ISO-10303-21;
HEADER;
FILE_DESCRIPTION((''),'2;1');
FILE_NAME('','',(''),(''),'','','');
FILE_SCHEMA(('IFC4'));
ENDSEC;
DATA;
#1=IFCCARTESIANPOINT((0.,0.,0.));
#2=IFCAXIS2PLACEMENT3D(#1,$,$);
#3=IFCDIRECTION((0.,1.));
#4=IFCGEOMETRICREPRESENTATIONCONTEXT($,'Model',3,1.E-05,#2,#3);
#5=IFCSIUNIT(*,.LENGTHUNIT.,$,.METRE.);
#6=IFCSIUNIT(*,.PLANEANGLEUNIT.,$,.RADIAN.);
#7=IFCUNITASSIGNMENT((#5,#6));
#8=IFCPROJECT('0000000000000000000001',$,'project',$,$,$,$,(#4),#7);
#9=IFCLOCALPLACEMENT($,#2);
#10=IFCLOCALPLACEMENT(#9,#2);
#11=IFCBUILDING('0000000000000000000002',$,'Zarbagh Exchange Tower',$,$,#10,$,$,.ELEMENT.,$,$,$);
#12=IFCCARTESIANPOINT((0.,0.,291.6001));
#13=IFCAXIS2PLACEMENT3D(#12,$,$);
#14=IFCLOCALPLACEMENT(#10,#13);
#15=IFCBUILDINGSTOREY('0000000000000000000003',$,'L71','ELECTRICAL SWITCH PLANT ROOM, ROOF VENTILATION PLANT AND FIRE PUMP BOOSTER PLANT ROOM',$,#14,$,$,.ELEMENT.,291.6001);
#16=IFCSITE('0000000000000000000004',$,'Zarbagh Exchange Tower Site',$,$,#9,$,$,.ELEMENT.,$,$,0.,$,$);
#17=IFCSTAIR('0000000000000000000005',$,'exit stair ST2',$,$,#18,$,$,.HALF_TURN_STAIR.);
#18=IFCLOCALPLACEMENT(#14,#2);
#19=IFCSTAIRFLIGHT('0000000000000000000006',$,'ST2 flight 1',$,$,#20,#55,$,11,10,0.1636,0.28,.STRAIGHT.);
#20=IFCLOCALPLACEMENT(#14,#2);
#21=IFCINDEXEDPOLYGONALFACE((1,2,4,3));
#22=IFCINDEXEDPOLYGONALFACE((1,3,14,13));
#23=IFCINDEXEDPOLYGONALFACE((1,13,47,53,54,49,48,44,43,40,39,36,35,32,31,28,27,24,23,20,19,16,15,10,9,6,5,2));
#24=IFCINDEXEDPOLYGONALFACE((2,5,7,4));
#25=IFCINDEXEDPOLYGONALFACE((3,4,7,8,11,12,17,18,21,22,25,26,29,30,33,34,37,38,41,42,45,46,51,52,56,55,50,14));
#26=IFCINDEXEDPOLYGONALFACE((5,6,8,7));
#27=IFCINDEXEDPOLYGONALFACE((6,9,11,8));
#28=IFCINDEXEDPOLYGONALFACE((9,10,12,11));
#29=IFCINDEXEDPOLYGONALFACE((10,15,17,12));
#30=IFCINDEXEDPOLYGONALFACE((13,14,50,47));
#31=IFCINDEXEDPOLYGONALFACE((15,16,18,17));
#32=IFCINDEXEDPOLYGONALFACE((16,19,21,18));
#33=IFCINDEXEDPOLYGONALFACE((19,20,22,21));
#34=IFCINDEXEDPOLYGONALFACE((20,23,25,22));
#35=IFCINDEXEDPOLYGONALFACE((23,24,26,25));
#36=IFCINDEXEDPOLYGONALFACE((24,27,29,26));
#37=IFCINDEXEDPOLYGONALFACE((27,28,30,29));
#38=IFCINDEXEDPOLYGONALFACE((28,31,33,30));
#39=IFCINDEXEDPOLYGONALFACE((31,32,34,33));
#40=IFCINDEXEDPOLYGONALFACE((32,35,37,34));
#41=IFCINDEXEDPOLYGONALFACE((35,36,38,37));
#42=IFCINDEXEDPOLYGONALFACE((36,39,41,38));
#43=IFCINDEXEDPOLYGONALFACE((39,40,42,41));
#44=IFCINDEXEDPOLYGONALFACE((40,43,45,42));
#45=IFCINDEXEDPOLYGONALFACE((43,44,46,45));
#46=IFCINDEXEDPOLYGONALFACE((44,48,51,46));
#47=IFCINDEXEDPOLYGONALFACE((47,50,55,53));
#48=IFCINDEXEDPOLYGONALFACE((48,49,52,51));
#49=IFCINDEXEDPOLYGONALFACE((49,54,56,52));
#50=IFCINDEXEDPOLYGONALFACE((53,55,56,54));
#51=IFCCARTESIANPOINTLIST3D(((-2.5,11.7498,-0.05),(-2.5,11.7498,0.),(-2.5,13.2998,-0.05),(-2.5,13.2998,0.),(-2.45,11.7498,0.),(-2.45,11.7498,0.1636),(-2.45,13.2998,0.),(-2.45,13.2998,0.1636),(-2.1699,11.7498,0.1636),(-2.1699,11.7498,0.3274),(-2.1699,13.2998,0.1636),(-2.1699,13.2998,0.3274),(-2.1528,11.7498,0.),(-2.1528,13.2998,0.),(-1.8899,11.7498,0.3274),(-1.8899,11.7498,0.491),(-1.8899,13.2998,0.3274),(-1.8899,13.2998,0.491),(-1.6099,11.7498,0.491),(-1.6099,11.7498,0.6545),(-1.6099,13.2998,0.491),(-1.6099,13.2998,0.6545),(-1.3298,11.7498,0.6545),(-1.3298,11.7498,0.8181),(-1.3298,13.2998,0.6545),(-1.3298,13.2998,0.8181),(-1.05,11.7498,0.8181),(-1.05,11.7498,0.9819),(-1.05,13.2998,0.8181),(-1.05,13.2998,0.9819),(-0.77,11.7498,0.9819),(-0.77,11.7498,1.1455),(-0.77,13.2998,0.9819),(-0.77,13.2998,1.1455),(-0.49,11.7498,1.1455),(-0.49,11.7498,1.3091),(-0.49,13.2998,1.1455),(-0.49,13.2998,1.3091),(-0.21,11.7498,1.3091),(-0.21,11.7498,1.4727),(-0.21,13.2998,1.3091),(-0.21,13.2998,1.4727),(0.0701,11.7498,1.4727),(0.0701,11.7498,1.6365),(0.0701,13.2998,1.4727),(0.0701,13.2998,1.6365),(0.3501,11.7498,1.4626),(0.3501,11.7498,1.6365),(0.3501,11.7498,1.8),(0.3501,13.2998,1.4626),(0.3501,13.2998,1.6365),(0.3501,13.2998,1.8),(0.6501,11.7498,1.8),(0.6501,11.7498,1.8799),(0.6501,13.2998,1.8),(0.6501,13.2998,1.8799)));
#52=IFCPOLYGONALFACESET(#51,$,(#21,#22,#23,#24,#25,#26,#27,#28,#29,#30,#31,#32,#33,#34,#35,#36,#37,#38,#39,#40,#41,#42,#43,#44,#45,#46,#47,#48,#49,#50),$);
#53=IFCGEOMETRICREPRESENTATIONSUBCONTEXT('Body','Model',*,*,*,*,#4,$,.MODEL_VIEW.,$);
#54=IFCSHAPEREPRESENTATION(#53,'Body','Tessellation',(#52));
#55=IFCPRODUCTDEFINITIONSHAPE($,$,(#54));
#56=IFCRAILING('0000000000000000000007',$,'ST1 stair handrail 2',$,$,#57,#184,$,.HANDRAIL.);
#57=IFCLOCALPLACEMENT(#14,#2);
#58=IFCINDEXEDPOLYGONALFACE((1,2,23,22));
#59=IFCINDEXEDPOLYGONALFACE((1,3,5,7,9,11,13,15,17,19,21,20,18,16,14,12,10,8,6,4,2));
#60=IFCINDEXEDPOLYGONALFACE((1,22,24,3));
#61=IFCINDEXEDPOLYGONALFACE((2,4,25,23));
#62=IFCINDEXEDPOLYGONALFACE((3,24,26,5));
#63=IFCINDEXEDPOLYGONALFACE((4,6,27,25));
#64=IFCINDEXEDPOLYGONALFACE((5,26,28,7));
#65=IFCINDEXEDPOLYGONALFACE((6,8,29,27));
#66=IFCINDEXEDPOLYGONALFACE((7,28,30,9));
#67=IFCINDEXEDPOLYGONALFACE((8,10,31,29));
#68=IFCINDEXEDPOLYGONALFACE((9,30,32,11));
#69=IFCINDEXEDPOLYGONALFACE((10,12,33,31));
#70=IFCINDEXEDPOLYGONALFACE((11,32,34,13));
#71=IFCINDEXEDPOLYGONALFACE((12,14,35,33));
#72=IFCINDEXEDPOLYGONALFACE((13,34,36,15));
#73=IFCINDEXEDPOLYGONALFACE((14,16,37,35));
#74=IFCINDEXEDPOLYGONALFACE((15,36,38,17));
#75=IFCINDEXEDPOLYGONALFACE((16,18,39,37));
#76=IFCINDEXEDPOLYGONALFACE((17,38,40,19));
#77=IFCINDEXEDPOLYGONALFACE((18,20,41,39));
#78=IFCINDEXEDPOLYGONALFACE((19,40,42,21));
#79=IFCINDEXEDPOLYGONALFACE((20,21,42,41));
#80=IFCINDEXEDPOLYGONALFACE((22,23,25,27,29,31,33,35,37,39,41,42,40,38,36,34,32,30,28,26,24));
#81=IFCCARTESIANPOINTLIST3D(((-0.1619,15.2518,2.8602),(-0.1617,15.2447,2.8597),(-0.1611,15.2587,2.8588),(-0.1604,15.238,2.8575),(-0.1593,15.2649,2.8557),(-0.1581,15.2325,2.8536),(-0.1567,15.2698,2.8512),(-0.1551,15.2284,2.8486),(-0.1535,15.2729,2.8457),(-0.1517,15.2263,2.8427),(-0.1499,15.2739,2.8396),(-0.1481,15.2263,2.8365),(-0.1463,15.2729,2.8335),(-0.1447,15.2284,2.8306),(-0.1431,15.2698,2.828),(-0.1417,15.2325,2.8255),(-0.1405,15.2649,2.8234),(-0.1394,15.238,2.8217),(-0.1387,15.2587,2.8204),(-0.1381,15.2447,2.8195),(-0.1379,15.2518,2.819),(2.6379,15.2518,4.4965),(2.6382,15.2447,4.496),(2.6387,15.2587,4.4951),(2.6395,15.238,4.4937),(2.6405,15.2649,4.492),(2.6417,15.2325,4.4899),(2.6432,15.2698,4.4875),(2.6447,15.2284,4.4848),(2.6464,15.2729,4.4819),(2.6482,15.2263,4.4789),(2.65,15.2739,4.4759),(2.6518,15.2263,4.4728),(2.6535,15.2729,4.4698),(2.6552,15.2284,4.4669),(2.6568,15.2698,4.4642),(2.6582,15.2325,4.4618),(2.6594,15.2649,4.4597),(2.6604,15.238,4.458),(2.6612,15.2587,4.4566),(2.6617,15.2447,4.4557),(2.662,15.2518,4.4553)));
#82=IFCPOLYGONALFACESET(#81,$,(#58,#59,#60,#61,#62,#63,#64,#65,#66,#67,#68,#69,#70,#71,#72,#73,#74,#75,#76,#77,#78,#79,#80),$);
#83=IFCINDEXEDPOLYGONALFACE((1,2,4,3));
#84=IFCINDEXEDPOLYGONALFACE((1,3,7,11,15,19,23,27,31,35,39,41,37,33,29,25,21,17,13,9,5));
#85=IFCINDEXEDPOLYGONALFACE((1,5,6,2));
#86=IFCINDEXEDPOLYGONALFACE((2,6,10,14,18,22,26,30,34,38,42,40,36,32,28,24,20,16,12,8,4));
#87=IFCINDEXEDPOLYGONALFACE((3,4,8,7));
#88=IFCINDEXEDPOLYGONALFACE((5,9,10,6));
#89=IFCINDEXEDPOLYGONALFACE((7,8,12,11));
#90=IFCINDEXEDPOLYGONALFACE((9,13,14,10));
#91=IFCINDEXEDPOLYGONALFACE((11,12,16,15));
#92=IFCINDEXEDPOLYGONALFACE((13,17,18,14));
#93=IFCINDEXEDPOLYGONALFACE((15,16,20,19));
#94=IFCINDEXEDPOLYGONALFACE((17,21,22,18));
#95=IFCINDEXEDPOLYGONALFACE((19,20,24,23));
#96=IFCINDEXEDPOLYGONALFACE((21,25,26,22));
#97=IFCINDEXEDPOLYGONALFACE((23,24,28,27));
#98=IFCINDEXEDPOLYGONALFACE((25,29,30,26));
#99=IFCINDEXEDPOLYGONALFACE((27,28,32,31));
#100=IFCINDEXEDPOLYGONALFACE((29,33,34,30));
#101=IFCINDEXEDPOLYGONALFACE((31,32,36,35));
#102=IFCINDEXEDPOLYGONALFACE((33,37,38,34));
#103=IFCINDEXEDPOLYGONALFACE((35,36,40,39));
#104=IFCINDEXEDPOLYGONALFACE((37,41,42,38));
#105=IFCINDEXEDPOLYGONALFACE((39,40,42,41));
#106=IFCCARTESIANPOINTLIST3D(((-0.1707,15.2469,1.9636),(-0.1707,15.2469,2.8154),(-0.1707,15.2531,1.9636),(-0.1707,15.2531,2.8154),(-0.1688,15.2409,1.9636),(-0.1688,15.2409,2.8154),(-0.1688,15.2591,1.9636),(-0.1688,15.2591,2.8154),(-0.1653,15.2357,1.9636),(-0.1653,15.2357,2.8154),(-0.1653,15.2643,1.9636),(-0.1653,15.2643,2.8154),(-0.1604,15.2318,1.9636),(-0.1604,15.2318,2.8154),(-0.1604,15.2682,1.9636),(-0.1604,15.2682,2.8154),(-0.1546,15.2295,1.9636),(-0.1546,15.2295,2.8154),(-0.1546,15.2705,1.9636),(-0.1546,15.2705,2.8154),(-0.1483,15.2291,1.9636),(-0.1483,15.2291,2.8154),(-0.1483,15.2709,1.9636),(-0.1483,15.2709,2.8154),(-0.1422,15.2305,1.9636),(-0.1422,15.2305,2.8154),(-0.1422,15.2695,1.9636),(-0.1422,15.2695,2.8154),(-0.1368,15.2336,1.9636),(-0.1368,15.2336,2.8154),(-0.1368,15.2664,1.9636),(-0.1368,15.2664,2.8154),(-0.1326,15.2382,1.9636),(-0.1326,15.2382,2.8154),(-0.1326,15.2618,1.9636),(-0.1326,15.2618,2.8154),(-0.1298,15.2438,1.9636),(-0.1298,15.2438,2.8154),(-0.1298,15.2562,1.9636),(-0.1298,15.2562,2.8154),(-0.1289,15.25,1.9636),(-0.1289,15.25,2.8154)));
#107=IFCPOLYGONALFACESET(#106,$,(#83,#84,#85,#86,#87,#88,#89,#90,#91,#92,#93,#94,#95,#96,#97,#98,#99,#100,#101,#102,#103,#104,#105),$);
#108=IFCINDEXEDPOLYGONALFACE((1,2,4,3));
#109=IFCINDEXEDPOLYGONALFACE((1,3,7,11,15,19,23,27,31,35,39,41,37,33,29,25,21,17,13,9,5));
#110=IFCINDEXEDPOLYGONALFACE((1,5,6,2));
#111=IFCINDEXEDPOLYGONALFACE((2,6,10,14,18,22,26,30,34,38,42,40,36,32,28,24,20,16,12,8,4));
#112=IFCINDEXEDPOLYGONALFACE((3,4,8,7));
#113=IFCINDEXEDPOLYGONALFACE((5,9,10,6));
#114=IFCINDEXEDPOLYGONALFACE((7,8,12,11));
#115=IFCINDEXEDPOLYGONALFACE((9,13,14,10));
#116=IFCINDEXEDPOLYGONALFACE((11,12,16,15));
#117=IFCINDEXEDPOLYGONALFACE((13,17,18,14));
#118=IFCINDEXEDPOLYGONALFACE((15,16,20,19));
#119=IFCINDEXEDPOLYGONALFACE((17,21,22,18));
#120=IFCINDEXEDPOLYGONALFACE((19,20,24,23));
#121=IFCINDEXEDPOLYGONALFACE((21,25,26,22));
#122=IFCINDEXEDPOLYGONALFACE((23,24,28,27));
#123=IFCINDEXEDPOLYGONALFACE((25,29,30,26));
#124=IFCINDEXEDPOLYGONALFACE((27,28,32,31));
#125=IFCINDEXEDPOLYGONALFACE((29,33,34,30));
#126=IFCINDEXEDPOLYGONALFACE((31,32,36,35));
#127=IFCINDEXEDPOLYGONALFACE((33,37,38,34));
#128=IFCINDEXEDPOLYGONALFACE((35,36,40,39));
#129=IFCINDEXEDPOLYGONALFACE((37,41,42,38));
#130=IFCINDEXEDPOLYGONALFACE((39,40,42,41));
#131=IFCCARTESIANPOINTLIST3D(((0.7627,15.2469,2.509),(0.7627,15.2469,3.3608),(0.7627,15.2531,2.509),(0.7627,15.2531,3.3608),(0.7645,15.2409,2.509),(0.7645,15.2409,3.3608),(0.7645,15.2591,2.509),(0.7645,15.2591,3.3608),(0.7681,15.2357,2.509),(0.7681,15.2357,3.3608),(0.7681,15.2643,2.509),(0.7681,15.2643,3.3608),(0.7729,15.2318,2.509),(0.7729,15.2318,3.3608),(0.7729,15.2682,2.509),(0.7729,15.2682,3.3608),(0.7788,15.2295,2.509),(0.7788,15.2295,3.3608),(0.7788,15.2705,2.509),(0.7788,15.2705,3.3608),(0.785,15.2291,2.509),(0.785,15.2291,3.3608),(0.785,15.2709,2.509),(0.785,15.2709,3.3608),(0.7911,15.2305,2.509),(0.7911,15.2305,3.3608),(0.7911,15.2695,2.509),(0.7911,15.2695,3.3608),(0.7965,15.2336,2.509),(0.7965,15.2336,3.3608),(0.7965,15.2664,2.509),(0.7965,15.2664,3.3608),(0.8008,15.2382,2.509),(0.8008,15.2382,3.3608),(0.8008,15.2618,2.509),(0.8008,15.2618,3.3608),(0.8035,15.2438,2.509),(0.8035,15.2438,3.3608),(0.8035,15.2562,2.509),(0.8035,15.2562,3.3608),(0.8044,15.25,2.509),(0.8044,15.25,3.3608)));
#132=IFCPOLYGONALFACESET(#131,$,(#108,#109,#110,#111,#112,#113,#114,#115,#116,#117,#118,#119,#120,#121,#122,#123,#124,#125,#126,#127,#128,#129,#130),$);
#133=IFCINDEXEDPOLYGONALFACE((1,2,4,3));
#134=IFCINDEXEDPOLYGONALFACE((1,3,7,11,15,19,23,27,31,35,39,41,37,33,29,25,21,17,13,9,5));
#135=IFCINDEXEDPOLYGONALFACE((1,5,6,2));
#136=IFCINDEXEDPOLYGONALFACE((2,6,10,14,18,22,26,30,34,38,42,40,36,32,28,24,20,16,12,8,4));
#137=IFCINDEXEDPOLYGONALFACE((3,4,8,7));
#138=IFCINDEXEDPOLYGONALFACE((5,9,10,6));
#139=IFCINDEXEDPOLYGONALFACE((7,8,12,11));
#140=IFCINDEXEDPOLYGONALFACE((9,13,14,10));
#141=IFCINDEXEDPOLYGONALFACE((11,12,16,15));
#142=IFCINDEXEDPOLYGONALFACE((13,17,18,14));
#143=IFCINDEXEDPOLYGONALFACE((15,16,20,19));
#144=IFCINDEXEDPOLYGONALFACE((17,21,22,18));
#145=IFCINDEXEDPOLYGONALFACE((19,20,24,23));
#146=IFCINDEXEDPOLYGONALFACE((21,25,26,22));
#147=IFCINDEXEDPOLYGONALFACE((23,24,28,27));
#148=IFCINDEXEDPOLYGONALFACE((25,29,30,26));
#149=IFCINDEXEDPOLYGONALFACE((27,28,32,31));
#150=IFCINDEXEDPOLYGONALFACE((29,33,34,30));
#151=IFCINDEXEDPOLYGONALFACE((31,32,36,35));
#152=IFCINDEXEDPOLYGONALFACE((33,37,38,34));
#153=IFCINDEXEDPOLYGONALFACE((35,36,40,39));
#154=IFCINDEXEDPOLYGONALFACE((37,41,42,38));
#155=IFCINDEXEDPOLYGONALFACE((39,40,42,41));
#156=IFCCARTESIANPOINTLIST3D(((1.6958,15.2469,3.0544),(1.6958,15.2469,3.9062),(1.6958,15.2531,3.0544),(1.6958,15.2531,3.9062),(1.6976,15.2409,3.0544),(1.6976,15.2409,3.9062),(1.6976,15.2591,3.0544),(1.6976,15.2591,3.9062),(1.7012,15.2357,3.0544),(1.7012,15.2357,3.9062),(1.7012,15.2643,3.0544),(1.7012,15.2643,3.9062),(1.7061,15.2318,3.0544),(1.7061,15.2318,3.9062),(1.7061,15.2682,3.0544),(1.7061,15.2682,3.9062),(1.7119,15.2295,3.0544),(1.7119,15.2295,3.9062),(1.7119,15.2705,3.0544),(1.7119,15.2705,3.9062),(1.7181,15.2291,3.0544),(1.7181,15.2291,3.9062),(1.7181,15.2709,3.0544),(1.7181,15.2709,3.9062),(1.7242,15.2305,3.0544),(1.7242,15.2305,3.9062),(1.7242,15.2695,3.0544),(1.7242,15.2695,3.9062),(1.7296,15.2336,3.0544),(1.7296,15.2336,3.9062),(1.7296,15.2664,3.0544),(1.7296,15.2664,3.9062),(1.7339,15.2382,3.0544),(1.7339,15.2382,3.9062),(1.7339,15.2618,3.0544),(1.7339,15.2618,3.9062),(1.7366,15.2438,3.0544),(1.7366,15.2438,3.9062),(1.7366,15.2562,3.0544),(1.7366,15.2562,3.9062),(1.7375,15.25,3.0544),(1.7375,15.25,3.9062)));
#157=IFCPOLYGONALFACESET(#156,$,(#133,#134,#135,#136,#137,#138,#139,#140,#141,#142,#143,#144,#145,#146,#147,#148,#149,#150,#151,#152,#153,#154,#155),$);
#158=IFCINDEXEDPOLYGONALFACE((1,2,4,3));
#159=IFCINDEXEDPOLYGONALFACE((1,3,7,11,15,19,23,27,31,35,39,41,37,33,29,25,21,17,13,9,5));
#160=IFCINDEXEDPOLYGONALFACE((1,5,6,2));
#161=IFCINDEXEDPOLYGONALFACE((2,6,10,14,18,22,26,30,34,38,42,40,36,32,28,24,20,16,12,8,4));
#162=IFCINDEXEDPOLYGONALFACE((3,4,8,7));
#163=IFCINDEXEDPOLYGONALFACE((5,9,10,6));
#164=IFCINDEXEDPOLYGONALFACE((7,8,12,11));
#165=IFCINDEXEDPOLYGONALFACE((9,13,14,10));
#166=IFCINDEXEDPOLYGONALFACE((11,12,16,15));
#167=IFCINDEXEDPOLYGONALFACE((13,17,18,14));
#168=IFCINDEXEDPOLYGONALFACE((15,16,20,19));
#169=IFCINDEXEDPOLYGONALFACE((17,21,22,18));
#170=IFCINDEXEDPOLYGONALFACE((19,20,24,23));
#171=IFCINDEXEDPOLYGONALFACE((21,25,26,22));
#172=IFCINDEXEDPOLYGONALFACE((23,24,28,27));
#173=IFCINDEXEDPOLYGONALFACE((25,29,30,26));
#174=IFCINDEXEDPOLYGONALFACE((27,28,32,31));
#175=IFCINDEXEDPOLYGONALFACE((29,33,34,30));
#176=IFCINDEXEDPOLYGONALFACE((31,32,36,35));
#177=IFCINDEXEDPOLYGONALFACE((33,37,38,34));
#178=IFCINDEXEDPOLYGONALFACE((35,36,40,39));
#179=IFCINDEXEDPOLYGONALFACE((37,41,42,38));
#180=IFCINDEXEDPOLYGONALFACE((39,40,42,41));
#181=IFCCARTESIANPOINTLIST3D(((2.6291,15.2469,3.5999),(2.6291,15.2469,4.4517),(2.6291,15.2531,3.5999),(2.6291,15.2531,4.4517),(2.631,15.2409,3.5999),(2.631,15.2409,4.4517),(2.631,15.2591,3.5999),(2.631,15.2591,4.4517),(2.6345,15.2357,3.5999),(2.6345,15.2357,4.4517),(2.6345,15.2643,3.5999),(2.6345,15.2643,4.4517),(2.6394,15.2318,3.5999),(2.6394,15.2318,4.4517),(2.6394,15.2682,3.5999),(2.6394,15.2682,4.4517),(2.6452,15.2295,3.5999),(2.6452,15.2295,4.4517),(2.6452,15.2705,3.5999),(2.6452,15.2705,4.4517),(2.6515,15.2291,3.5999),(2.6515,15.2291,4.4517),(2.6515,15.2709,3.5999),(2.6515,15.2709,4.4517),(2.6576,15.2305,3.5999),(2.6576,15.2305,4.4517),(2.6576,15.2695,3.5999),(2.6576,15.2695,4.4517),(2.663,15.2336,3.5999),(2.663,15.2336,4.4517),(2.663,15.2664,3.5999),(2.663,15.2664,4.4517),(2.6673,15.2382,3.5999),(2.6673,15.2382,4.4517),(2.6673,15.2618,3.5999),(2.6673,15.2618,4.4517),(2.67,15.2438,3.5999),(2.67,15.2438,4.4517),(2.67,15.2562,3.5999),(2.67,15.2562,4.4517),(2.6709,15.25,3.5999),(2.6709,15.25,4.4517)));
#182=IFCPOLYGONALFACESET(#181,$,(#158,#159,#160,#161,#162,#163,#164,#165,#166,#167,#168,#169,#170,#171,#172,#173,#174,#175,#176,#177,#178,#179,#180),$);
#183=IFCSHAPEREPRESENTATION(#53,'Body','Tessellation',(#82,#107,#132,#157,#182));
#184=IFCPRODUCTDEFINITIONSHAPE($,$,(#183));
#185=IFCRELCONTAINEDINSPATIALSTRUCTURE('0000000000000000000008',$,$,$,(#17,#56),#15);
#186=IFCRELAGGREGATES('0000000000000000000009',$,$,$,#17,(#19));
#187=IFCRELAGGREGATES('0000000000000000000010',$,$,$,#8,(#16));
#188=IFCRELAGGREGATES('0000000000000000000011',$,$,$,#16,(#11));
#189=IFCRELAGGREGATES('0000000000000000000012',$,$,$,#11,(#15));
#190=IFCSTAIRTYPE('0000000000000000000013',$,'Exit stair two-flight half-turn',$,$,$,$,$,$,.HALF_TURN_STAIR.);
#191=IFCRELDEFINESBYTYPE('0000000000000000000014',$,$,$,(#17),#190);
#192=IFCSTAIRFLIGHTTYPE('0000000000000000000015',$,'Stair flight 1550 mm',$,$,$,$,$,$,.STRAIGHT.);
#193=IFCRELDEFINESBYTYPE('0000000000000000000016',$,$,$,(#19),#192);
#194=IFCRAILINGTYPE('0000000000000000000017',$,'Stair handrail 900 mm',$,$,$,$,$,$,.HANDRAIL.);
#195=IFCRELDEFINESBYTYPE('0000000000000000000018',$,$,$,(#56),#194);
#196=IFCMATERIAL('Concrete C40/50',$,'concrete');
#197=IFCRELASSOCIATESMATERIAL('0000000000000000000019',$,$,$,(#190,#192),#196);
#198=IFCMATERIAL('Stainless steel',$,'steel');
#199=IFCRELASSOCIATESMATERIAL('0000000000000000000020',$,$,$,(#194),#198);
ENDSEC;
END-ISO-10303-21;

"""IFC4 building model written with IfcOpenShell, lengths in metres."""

from ifc_helpers import new_model, si_unit, direction, frame, origin, origin_2d, place, context, subcontext, project, spatial, polyline, circle, outline, extrude, material, type_object, element, aggregate, save


model = new_model("IFC4")

# Units and contexts
model_context = context("Model", 3, precision=1e-05, world=origin(), true_north=direction((0.0, 1.0)))
body_context = subcontext(model_context, "Body", "Model", "MODEL_VIEW")
ifc_project = project(units=[si_unit("LENGTHUNIT", "METRE"), si_unit("PLANEANGLEUNIT", "RADIAN")], contexts=[model_context])

# Site, building, storey
site_placement = place(None, origin())
site = spatial("IfcSite", under=ifc_project, at=site_placement, Name="Zarbagh Exchange Tower Site", CompositionType="ELEMENT", RefElevation=0.0)
building_placement = place(site_placement, origin())
building = spatial("IfcBuilding", under=site, at=building_placement, Name="Zarbagh Exchange Tower", CompositionType="ELEMENT")
storey_placement = place(building_placement, frame((0.0, 0.0, 291.6001)))
storey = spatial("IfcBuildingStorey", under=building, at=storey_placement, Name="L71", Description="ELECTRICAL SWITCH PLANT ROOM, ROOF VENTILATION PLANT AND FIRE PUMP BOOSTER PLANT ROOM", CompositionType="ELEMENT", Elevation=291.6001)

# Shared definitions
ifc_material_1 = material(Name="Concrete C40/50", Category="concrete")

# Stair, stair flight
stair_type = type_object("IfcStairType", Name="Exit stair two-flight half-turn", PredefinedType="HALF_TURN_STAIR", material=ifc_material_1)
stair_1_placement = place(storey_placement, origin())
stair_1 = element("IfcStair", 1, at=stair_1_placement, inside=storey, type_object=stair_type, Name="exit stair ST2", PredefinedType="HALF_TURN_STAIR")
stair_flight_type_1 = type_object("IfcStairFlightType", Name="Stair flight 1550 mm", PredefinedType="STRAIGHT", material=ifc_material_1)
stair_flight_1_placement = place(storey_placement, frame((-2.45, 12.5249, 0.0), z_axis=(0.0, 0.0, 1.0), x_axis=(1.0, 0.0, 0.0)))
stair_flight_1 = element("IfcStairFlight", 2, at=stair_flight_1_placement, type_object=stair_flight_type_1, Name="ST2 flight 1", NumberOfRisers=11, NumberOfTreads=10, PredefinedType="STRAIGHT", RiserHeight=0.1636, TreadLength=0.28, context=body_context, shape_type="SweptSolid", body=[
    extrude(outline(polyline([(-0.05, -0.05), (-0.05, 0.0), (0.0, 0.0), (0.0, 0.1636), (0.28, 0.1636), (0.28, 0.3274), (0.5601, 0.3274), (0.5601, 0.491), (0.8401, 0.491), (0.8401, 0.6545), (1.1201, 0.6545), (1.1201, 0.8181), (1.3999, 0.8181), (1.3999, 0.9819), (1.6799, 0.9819), (1.6799, 1.1455), (1.96, 1.1455), (1.96, 1.3091), (2.24, 1.3091), (2.24, 1.4727), (2.52, 1.4727), (2.52, 1.6365), (2.8, 1.6365), (2.8, 1.8), (3.1001, 1.8799), (3.1001, 1.8), (2.8, 1.4626), (0.2971, 0.0), (-0.05, -0.05)])), frame((0.0, 0.7749, 0.0), z_axis=(0.0, -1.0, 0.0), x_axis=(1.0, 0.0, 0.0)), (0.0, 0.0, 1.0), 1.55),
])
aggregate(stair_1, [stair_flight_1])

# Railing
ifc_material_2 = material(Name="Stainless steel", Category="steel")
railing_type = type_object("IfcRailingType", Name="Stair handrail 900 mm", PredefinedType="HANDRAIL", material=ifc_material_2)
railing_1_placement = place(storey_placement, frame((-0.1499, 15.25, 1.9636)))
element("IfcRailing", 3, at=railing_1_placement, inside=storey, type_object=railing_type, Name="ST1 stair handrail 2", PredefinedType="HANDRAIL", context=body_context, shape_type="SweptSolid", body=[
    extrude(circle(Radius=0.0239, at=origin_2d()), frame((0.0, 0.0, 0.876), z_axis=(0.863374, 0.0, 0.504564), x_axis=(0.0, 1.0, 0.0)), (0.0, 0.0, 1.0), 3.2429),
    extrude(circle(Radius=0.021, at=origin_2d()), origin(), (0.0, 0.0, 1.0), 0.8518),
    extrude(circle(Radius=0.021, at=origin_2d()), frame((0.9333, 0.0, 0.5454)), (0.0, 0.0, 1.0), 0.8518),
    extrude(circle(Radius=0.021, at=origin_2d()), frame((1.8665, 0.0, 1.0908)), (0.0, 0.0, 1.0), 0.8518),
    extrude(circle(Radius=0.021, at=origin_2d()), frame((2.7998, 0.0, 1.6362)), (0.0, 0.0, 1.0), 0.8518),
])

save(model, "model.ifc")
